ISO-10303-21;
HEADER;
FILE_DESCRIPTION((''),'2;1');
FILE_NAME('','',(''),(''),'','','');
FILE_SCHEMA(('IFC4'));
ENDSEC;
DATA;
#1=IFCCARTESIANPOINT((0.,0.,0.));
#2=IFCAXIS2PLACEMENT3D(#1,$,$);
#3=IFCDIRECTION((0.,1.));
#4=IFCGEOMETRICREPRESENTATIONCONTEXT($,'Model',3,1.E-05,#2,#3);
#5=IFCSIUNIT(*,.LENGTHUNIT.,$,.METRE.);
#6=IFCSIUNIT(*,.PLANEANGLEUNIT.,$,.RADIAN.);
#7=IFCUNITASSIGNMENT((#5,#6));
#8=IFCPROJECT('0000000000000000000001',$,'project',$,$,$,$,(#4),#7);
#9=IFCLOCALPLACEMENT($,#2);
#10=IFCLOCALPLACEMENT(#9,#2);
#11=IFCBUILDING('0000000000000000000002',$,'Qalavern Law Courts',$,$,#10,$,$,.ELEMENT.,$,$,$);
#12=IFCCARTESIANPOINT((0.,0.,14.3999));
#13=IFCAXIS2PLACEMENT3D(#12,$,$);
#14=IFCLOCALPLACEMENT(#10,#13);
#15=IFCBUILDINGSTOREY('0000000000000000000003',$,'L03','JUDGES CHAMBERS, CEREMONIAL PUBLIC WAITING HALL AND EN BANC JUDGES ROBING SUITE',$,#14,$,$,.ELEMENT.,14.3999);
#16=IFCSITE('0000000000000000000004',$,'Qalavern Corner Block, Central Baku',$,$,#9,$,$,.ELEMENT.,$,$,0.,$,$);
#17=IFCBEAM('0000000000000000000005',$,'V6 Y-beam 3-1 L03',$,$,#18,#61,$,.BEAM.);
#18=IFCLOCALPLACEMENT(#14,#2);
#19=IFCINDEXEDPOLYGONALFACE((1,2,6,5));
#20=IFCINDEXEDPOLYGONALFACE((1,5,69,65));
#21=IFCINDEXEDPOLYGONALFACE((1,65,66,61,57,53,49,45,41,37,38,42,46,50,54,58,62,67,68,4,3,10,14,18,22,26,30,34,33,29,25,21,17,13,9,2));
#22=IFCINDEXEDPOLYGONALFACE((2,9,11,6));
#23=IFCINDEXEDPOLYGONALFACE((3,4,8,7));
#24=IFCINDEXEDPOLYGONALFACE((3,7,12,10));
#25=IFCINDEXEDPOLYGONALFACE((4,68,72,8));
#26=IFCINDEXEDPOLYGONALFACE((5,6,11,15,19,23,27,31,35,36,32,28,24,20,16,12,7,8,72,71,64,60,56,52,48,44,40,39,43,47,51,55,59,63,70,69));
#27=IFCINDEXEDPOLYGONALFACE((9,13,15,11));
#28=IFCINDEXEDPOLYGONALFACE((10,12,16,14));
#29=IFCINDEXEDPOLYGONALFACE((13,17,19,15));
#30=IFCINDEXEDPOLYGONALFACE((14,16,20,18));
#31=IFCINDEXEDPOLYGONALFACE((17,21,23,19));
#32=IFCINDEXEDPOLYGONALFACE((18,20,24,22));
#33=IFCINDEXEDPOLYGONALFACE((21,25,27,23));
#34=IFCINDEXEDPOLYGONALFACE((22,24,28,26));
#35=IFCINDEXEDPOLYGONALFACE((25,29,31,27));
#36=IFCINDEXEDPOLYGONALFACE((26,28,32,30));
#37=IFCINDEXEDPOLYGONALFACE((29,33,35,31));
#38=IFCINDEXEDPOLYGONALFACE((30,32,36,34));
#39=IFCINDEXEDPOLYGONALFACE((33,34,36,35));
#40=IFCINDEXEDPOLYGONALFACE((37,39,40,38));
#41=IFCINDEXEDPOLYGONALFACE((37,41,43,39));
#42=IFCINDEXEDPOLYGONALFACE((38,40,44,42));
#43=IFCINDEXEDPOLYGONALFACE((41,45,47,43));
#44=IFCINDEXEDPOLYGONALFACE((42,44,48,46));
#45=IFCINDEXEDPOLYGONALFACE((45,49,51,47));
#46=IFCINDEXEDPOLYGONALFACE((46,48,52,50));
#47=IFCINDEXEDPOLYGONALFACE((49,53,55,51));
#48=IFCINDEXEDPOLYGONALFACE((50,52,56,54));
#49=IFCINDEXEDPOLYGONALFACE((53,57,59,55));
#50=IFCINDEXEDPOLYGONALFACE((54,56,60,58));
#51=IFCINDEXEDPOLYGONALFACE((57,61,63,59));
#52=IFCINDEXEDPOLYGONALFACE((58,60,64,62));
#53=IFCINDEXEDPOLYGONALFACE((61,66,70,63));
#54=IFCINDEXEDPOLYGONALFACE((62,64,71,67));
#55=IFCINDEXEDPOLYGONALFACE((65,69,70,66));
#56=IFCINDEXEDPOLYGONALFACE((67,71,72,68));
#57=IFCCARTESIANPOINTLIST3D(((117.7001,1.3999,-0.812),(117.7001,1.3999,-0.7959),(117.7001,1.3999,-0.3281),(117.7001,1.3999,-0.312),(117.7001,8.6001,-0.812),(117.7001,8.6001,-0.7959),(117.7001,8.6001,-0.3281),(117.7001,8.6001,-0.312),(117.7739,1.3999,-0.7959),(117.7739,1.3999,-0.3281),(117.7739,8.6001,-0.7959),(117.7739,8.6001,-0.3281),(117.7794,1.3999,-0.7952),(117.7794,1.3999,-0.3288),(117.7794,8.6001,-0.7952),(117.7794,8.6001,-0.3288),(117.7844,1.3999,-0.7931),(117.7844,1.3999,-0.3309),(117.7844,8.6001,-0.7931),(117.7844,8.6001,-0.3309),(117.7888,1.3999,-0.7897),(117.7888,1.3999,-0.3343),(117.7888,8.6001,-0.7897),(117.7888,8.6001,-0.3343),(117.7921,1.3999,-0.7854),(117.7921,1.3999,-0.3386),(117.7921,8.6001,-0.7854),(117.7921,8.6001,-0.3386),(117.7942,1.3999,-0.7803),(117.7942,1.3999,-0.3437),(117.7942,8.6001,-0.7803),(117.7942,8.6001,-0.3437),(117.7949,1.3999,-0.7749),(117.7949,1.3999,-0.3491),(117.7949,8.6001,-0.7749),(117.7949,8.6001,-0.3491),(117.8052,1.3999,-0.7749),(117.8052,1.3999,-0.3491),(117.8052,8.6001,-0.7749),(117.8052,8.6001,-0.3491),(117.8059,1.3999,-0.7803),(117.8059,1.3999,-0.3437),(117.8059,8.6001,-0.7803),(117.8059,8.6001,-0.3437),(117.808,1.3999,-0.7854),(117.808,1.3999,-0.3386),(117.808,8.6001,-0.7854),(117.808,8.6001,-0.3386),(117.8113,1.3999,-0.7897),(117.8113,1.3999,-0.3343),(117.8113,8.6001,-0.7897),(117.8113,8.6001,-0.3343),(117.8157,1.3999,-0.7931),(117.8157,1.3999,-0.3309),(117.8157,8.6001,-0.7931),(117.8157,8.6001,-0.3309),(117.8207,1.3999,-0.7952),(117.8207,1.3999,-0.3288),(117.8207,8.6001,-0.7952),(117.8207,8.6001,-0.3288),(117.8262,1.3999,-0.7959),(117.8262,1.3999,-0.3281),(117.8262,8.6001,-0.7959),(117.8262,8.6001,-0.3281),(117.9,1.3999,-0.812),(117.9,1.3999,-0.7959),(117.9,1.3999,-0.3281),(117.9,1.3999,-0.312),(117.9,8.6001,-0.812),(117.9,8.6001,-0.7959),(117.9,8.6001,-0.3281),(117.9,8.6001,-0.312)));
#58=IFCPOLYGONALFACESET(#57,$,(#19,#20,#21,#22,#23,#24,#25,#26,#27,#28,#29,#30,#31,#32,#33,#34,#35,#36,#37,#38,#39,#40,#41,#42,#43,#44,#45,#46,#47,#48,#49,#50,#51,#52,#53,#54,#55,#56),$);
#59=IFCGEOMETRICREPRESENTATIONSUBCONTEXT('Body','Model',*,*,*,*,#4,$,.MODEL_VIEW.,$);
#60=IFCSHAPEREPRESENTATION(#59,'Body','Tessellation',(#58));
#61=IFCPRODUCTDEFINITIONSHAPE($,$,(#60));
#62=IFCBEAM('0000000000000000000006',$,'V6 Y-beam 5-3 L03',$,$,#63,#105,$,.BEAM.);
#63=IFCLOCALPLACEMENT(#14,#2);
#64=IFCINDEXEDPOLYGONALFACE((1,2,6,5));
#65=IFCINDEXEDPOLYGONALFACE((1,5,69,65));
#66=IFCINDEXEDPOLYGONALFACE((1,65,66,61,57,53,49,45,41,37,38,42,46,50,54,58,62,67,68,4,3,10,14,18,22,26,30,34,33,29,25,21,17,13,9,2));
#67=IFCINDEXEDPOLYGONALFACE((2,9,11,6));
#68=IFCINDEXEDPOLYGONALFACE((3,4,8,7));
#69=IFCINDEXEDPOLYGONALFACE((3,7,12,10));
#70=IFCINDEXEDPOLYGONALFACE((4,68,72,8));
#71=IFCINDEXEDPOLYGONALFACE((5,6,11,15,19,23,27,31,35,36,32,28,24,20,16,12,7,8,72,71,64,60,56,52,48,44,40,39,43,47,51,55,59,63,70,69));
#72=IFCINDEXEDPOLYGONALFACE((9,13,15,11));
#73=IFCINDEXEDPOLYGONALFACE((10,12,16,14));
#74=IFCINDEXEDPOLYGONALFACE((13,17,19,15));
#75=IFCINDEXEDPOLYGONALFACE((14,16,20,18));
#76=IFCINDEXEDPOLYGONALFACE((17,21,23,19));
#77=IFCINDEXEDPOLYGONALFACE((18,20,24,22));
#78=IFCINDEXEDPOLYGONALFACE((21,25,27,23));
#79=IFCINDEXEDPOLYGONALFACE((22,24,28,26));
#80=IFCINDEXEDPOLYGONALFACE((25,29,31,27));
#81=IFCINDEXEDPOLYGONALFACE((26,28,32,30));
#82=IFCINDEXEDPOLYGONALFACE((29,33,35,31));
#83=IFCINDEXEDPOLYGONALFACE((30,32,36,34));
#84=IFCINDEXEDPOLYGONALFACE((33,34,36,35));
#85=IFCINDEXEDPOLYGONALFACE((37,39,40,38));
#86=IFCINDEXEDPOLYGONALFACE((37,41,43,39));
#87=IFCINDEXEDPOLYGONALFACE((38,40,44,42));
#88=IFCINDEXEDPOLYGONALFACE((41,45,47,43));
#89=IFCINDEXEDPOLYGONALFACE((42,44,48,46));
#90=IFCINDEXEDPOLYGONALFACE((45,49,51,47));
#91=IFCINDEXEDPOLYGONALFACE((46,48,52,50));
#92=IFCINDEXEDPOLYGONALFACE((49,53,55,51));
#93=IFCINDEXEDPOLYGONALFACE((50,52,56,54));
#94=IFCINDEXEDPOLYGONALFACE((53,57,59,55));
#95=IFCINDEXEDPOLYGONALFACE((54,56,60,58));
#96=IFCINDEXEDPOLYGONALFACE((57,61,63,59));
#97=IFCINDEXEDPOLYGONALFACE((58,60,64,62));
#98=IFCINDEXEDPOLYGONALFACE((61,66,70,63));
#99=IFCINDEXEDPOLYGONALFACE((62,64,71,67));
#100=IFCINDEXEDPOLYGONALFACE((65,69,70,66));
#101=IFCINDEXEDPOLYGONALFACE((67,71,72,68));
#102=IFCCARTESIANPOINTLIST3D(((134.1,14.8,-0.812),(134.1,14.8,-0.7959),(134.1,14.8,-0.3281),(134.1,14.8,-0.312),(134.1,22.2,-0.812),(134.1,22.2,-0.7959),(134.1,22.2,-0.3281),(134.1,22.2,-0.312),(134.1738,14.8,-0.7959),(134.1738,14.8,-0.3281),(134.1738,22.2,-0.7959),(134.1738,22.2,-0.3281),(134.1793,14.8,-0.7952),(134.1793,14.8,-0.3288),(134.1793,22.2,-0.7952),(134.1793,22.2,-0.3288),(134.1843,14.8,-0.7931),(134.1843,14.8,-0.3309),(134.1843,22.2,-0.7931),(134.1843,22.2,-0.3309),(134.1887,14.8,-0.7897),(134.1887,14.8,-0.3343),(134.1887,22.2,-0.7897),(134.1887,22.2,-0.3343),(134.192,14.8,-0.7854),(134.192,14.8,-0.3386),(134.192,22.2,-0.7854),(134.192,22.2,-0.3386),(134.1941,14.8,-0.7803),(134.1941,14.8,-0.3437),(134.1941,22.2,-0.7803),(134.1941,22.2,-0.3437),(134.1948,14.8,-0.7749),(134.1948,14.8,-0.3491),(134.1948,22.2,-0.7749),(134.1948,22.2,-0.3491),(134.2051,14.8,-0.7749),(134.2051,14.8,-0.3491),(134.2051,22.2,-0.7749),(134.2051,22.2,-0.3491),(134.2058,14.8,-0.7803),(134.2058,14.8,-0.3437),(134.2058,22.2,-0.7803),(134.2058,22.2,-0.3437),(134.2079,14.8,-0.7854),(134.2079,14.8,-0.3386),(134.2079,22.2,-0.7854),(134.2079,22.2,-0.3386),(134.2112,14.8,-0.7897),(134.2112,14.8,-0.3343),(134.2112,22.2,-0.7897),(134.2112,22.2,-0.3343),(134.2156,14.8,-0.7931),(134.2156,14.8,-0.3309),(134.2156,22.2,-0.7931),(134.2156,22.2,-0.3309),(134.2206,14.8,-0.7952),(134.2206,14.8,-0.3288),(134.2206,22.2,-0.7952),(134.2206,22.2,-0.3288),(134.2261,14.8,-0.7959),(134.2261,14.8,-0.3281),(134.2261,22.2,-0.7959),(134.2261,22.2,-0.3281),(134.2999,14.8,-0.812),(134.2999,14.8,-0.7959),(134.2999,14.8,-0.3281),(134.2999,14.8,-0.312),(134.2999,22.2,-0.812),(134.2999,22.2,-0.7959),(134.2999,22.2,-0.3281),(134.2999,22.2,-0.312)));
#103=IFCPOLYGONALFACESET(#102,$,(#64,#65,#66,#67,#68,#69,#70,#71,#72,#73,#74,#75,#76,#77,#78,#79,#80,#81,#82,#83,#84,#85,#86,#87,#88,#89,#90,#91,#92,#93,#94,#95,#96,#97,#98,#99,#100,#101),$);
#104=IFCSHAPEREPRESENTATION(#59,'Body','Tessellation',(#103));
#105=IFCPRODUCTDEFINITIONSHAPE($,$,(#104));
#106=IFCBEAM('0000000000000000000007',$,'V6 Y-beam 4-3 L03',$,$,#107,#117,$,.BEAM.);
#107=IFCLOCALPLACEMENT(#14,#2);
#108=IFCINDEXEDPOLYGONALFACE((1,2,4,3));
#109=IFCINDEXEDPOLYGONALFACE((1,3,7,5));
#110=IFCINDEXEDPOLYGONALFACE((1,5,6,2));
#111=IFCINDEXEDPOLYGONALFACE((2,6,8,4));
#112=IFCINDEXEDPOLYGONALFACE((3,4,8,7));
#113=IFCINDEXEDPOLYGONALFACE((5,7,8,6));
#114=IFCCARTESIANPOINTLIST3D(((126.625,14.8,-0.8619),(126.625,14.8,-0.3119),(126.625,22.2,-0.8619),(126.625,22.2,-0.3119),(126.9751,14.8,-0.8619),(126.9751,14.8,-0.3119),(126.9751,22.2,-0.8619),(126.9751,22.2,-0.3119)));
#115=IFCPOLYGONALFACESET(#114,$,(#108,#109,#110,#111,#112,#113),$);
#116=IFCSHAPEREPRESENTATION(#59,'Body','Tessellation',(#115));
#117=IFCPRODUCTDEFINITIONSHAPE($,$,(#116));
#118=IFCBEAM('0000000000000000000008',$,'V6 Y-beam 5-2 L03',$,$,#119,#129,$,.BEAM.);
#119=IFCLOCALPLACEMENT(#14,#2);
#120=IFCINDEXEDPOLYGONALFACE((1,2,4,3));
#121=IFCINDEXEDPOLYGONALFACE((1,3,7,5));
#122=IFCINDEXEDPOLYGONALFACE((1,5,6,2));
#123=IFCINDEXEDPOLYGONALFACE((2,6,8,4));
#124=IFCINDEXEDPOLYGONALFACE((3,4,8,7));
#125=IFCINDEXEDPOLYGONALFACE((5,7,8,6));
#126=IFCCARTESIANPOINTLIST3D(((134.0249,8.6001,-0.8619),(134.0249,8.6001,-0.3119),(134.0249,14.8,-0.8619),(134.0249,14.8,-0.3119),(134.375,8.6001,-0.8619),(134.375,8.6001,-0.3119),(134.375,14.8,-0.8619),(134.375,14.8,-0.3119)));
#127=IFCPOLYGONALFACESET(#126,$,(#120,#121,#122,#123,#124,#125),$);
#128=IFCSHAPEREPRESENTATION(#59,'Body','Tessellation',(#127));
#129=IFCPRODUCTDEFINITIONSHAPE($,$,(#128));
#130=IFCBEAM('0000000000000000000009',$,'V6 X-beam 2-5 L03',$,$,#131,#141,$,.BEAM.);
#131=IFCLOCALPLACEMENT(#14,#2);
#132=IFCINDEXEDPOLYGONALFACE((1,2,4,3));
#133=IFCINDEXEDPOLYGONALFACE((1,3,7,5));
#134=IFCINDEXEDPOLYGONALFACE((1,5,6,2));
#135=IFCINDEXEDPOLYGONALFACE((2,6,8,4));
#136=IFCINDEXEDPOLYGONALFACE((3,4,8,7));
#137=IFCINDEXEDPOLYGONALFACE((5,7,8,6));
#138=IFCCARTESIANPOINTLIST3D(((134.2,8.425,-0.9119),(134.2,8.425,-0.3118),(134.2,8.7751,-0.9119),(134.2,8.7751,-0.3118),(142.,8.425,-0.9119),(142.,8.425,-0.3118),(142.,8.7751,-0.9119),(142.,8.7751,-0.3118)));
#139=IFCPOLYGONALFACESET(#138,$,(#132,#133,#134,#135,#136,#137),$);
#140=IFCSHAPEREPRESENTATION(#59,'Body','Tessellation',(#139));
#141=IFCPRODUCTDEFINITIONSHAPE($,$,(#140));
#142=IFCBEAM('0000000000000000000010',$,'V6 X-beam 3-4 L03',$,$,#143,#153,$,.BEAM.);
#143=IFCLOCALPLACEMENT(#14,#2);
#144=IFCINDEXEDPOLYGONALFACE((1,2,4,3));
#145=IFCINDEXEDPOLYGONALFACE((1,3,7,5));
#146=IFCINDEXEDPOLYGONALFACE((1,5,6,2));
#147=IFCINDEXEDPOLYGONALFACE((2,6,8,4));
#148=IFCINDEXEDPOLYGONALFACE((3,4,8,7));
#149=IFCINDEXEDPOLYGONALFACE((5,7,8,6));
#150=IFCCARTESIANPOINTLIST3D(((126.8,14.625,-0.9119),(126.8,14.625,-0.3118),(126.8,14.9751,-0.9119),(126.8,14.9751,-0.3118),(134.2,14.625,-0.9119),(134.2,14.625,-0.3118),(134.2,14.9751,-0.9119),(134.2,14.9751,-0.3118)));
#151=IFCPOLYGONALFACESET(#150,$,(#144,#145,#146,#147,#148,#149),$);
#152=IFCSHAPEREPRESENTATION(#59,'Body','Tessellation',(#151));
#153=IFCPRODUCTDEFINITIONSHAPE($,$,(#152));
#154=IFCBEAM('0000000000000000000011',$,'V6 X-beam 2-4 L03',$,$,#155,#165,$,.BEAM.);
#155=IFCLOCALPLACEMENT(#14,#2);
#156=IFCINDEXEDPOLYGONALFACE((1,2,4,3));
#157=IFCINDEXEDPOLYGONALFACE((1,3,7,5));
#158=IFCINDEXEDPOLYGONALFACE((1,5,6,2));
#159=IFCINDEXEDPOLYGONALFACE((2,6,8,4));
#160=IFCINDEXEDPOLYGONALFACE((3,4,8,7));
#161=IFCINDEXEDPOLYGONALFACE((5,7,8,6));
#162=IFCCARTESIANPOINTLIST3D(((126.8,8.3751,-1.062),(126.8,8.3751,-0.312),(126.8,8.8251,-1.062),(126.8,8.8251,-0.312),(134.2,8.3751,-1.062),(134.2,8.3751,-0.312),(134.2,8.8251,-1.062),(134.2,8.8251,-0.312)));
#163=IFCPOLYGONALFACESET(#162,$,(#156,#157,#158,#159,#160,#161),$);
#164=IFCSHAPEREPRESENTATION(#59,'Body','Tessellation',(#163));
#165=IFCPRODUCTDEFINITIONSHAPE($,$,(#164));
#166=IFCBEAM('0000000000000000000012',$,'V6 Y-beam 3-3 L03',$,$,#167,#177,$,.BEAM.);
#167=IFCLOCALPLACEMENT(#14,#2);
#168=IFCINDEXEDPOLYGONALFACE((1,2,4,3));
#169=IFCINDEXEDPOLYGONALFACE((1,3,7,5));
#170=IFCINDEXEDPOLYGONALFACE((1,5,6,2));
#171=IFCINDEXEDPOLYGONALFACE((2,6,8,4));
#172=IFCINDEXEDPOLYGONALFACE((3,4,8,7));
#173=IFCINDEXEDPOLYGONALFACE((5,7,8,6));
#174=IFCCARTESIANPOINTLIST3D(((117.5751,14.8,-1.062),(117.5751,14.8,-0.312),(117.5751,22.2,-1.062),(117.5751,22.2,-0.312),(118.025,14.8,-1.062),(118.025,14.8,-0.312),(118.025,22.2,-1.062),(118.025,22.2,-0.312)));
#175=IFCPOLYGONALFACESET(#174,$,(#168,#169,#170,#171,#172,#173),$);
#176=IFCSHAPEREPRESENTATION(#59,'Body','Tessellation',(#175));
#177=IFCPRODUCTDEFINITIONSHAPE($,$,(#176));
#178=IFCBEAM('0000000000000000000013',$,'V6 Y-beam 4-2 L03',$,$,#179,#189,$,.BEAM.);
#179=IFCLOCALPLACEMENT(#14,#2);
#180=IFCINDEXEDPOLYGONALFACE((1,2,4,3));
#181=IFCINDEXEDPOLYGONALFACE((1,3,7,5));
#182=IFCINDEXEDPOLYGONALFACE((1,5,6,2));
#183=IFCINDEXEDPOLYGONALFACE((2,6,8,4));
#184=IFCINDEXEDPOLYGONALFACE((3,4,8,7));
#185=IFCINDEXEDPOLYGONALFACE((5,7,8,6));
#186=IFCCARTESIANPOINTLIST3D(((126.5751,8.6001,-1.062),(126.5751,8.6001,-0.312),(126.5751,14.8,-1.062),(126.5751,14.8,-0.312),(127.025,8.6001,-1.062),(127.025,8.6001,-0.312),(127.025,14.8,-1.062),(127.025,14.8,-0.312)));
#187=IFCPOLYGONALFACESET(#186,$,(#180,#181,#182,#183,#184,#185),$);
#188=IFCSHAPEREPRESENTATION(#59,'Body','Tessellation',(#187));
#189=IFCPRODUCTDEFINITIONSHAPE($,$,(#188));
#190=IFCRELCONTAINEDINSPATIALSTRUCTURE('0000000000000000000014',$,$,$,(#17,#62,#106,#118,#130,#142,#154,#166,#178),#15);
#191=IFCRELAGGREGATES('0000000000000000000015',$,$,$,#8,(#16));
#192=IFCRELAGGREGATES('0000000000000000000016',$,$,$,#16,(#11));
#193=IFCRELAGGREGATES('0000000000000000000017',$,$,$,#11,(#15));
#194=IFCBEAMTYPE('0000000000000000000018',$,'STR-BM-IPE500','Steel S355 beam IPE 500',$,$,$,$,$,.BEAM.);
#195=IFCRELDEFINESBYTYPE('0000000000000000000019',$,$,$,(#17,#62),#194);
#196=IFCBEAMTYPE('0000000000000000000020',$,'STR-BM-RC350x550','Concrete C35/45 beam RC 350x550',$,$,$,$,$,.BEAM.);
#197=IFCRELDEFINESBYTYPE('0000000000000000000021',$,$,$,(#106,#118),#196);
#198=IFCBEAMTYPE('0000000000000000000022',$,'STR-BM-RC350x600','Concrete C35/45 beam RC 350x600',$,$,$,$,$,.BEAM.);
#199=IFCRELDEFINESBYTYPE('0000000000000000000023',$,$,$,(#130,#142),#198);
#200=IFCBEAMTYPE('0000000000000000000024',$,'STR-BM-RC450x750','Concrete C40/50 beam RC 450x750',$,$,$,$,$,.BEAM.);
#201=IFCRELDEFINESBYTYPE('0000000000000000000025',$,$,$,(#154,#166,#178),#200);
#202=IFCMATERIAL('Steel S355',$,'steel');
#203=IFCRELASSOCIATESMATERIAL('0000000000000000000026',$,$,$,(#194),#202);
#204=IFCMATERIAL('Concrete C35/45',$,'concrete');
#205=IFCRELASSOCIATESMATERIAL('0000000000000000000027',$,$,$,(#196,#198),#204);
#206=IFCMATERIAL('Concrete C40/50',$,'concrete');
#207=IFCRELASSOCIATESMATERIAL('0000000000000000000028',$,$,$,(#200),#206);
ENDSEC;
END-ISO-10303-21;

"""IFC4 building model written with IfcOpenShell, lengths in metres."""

from ifc_helpers import new_model, si_unit, direction, frame, origin, origin_2d, place, context, subcontext, project, spatial, rectangle, i_section, extrude, material, material_profile, profile_set, type_object, element, save


model = new_model("IFC4")

# Units and contexts
model_context = context("Model", 3, precision=1e-05, world=origin(), true_north=direction((0.0, 1.0)))
body_context = subcontext(model_context, "Body", "Model", "MODEL_VIEW")
ifc_project = project(units=[si_unit("LENGTHUNIT", "METRE"), si_unit("PLANEANGLEUNIT", "RADIAN")], contexts=[model_context])

# Site, building, storey
site_placement = place(None, origin())
site = spatial("IfcSite", under=ifc_project, at=site_placement, Name="Qalavern Corner Block, Central Baku", CompositionType="ELEMENT", RefElevation=0.0)
building_placement = place(site_placement, origin())
building = spatial("IfcBuilding", under=site, at=building_placement, Name="Qalavern Law Courts", CompositionType="ELEMENT")
storey_placement = place(building_placement, frame((0.0, 0.0, 14.3999)))
storey = spatial("IfcBuildingStorey", under=building, at=storey_placement, Name="L03", Description="JUDGES CHAMBERS, CEREMONIAL PUBLIC WAITING HALL AND EN BANC JUDGES ROBING SUITE", CompositionType="ELEMENT", Elevation=14.3999)

# Beams
ifc_material_1 = material(Name="Steel S355", Category="steel")
ifc_material_profile_1 = material_profile(ifc_material_1, i_section(OverallWidth=0.2, OverallDepth=0.5, WebThickness=0.0103, FlangeThickness=0.0161, FilletRadius=0.021, at=origin_2d()), Name="IPE 500")
ifc_profile_set_1 = profile_set([ifc_material_profile_1], Name="Steel S355")
beam_type_1 = type_object("IfcBeamType", Name="STR-BM-IPE500", Description="Steel S355 beam IPE 500", PredefinedType="BEAM", material=ifc_profile_set_1)
beam_1_placement = place(storey_placement, frame((117.8, 1.3999, -0.562), z_axis=(0.0, 1.0, 0.0), x_axis=(-1.0, 0.0, 0.0)))
element("IfcBeam", 1, at=beam_1_placement, inside=storey, type_object=beam_type_1, Name="V6 Y-beam 3-1 L03", PredefinedType="BEAM", context=body_context, shape_type="SweptSolid", body=[
    extrude(i_section(OverallWidth=0.2, OverallDepth=0.5, WebThickness=0.0103, FlangeThickness=0.0161, FilletRadius=0.021, at=origin_2d()), origin(), (0.0, 0.0, 1.0), 7.2002),
])
beam_2_placement = place(storey_placement, frame((134.2, 14.8, -0.562), z_axis=(0.0, 1.0, 0.0), x_axis=(-1.0, 0.0, 0.0)))
element("IfcBeam", 2, at=beam_2_placement, inside=storey, type_object=beam_type_1, Name="V6 Y-beam 5-3 L03", PredefinedType="BEAM", context=body_context, shape_type="SweptSolid", body=[
    extrude(i_section(OverallWidth=0.2, OverallDepth=0.5, WebThickness=0.0103, FlangeThickness=0.0161, FilletRadius=0.021, at=origin_2d()), origin(), (0.0, 0.0, 1.0), 7.3999),
])
ifc_material_2 = material(Name="Concrete C35/45", Category="concrete")
ifc_material_profile_2 = material_profile(ifc_material_2, rectangle(XDim=0.3501, YDim=0.55, at=origin_2d()), Name="RC 350x550")
ifc_profile_set_2 = profile_set([ifc_material_profile_2], Name="Concrete C35/45")
beam_type_2 = type_object("IfcBeamType", Name="STR-BM-RC350x550", Description="Concrete C35/45 beam RC 350x550", PredefinedType="BEAM", material=ifc_profile_set_2)
beam_3_placement = place(storey_placement, frame((126.8, 14.8, -0.5869), z_axis=(0.0, 1.0, 0.0), x_axis=(-1.0, 0.0, 0.0)))
element("IfcBeam", 3, at=beam_3_placement, inside=storey, type_object=beam_type_2, Name="V6 Y-beam 4-3 L03", PredefinedType="BEAM", context=body_context, shape_type="SweptSolid", body=[
    extrude(rectangle(XDim=0.3501, YDim=0.55, at=origin_2d()), origin(), (0.0, 0.0, 1.0), 7.3999),
])
beam_4_placement = place(storey_placement, frame((134.2, 8.6001, -0.5869), z_axis=(0.0, 1.0, 0.0), x_axis=(-1.0, 0.0, 0.0)))
element("IfcBeam", 4, at=beam_4_placement, inside=storey, type_object=beam_type_2, Name="V6 Y-beam 5-2 L03", PredefinedType="BEAM", context=body_context, shape_type="SweptSolid", body=[
    extrude(rectangle(XDim=0.3501, YDim=0.55, at=origin_2d()), origin(), (0.0, 0.0, 1.0), 6.2),
])
ifc_material_profile_3 = material_profile(ifc_material_2, rectangle(XDim=0.3501, YDim=0.6001, at=origin_2d()), Name="RC 350x600")
ifc_profile_set_3 = profile_set([ifc_material_profile_3], Name="Concrete C35/45")
beam_type_3 = type_object("IfcBeamType", Name="STR-BM-RC350x600", Description="Concrete C35/45 beam RC 350x600", PredefinedType="BEAM", material=ifc_profile_set_3)
beam_5_placement = place(storey_placement, frame((134.2, 8.6001, -0.6118), z_axis=(1.0, 0.0, 0.0), x_axis=(0.0, 1.0, 0.0)))
element("IfcBeam", 5, at=beam_5_placement, inside=storey, type_object=beam_type_3, Name="V6 X-beam 2-5 L03", PredefinedType="BEAM", context=body_context, shape_type="SweptSolid", body=[
    extrude(rectangle(XDim=0.3501, YDim=0.6001, at=origin_2d()), origin(), (0.0, 0.0, 1.0), 7.8),
])
beam_6_placement = place(storey_placement, frame((126.8, 14.8, -0.6118), z_axis=(1.0, 0.0, 0.0), x_axis=(0.0, 1.0, 0.0)))
element("IfcBeam", 6, at=beam_6_placement, inside=storey, type_object=beam_type_3, Name="V6 X-beam 3-4 L03", PredefinedType="BEAM", context=body_context, shape_type="SweptSolid", body=[
    extrude(rectangle(XDim=0.3501, YDim=0.6001, at=origin_2d()), origin(), (0.0, 0.0, 1.0), 7.3999),
])
ifc_material_3 = material(Name="Concrete C40/50", Category="concrete")
ifc_material_profile_4 = material_profile(ifc_material_3, rectangle(XDim=0.45, YDim=0.75, at=origin_2d()), Name="RC 450x750")
ifc_profile_set_4 = profile_set([ifc_material_profile_4], Name="Concrete C40/50")
beam_type_4 = type_object("IfcBeamType", Name="STR-BM-RC450x750", Description="Concrete C40/50 beam RC 450x750", PredefinedType="BEAM", material=ifc_profile_set_4)
for number, where, z_axis, x_axis, name in (
    (7, (126.8, 8.6001, -0.687), (1.0, 0.0, 0.0), (0.0, 1.0, 0.0), "V6 X-beam 2-4 L03"),
    (8, (117.8, 14.8, -0.687), (0.0, 1.0, 0.0), (-1.0, 0.0, 0.0), "V6 Y-beam 3-3 L03"),
):
    element("IfcBeam", number, at=place(storey_placement, frame(where, z_axis=z_axis, x_axis=x_axis)), inside=storey, type_object=beam_type_4, Name=name, PredefinedType="BEAM", context=body_context, shape_type="SweptSolid", body=[
        extrude(rectangle(XDim=0.45, YDim=0.75, at=origin_2d()), origin(), (0.0, 0.0, 1.0), 7.3999),
    ])
beam_7_placement = place(storey_placement, frame((126.8, 8.6001, -0.687), z_axis=(0.0, 1.0, 0.0), x_axis=(-1.0, 0.0, 0.0)))
element("IfcBeam", 9, at=beam_7_placement, inside=storey, type_object=beam_type_4, Name="V6 Y-beam 4-2 L03", PredefinedType="BEAM", context=body_context, shape_type="SweptSolid", body=[
    extrude(rectangle(XDim=0.45, YDim=0.75, at=origin_2d()), origin(), (0.0, 0.0, 1.0), 6.2),
])

save(model, "model.ifc")
